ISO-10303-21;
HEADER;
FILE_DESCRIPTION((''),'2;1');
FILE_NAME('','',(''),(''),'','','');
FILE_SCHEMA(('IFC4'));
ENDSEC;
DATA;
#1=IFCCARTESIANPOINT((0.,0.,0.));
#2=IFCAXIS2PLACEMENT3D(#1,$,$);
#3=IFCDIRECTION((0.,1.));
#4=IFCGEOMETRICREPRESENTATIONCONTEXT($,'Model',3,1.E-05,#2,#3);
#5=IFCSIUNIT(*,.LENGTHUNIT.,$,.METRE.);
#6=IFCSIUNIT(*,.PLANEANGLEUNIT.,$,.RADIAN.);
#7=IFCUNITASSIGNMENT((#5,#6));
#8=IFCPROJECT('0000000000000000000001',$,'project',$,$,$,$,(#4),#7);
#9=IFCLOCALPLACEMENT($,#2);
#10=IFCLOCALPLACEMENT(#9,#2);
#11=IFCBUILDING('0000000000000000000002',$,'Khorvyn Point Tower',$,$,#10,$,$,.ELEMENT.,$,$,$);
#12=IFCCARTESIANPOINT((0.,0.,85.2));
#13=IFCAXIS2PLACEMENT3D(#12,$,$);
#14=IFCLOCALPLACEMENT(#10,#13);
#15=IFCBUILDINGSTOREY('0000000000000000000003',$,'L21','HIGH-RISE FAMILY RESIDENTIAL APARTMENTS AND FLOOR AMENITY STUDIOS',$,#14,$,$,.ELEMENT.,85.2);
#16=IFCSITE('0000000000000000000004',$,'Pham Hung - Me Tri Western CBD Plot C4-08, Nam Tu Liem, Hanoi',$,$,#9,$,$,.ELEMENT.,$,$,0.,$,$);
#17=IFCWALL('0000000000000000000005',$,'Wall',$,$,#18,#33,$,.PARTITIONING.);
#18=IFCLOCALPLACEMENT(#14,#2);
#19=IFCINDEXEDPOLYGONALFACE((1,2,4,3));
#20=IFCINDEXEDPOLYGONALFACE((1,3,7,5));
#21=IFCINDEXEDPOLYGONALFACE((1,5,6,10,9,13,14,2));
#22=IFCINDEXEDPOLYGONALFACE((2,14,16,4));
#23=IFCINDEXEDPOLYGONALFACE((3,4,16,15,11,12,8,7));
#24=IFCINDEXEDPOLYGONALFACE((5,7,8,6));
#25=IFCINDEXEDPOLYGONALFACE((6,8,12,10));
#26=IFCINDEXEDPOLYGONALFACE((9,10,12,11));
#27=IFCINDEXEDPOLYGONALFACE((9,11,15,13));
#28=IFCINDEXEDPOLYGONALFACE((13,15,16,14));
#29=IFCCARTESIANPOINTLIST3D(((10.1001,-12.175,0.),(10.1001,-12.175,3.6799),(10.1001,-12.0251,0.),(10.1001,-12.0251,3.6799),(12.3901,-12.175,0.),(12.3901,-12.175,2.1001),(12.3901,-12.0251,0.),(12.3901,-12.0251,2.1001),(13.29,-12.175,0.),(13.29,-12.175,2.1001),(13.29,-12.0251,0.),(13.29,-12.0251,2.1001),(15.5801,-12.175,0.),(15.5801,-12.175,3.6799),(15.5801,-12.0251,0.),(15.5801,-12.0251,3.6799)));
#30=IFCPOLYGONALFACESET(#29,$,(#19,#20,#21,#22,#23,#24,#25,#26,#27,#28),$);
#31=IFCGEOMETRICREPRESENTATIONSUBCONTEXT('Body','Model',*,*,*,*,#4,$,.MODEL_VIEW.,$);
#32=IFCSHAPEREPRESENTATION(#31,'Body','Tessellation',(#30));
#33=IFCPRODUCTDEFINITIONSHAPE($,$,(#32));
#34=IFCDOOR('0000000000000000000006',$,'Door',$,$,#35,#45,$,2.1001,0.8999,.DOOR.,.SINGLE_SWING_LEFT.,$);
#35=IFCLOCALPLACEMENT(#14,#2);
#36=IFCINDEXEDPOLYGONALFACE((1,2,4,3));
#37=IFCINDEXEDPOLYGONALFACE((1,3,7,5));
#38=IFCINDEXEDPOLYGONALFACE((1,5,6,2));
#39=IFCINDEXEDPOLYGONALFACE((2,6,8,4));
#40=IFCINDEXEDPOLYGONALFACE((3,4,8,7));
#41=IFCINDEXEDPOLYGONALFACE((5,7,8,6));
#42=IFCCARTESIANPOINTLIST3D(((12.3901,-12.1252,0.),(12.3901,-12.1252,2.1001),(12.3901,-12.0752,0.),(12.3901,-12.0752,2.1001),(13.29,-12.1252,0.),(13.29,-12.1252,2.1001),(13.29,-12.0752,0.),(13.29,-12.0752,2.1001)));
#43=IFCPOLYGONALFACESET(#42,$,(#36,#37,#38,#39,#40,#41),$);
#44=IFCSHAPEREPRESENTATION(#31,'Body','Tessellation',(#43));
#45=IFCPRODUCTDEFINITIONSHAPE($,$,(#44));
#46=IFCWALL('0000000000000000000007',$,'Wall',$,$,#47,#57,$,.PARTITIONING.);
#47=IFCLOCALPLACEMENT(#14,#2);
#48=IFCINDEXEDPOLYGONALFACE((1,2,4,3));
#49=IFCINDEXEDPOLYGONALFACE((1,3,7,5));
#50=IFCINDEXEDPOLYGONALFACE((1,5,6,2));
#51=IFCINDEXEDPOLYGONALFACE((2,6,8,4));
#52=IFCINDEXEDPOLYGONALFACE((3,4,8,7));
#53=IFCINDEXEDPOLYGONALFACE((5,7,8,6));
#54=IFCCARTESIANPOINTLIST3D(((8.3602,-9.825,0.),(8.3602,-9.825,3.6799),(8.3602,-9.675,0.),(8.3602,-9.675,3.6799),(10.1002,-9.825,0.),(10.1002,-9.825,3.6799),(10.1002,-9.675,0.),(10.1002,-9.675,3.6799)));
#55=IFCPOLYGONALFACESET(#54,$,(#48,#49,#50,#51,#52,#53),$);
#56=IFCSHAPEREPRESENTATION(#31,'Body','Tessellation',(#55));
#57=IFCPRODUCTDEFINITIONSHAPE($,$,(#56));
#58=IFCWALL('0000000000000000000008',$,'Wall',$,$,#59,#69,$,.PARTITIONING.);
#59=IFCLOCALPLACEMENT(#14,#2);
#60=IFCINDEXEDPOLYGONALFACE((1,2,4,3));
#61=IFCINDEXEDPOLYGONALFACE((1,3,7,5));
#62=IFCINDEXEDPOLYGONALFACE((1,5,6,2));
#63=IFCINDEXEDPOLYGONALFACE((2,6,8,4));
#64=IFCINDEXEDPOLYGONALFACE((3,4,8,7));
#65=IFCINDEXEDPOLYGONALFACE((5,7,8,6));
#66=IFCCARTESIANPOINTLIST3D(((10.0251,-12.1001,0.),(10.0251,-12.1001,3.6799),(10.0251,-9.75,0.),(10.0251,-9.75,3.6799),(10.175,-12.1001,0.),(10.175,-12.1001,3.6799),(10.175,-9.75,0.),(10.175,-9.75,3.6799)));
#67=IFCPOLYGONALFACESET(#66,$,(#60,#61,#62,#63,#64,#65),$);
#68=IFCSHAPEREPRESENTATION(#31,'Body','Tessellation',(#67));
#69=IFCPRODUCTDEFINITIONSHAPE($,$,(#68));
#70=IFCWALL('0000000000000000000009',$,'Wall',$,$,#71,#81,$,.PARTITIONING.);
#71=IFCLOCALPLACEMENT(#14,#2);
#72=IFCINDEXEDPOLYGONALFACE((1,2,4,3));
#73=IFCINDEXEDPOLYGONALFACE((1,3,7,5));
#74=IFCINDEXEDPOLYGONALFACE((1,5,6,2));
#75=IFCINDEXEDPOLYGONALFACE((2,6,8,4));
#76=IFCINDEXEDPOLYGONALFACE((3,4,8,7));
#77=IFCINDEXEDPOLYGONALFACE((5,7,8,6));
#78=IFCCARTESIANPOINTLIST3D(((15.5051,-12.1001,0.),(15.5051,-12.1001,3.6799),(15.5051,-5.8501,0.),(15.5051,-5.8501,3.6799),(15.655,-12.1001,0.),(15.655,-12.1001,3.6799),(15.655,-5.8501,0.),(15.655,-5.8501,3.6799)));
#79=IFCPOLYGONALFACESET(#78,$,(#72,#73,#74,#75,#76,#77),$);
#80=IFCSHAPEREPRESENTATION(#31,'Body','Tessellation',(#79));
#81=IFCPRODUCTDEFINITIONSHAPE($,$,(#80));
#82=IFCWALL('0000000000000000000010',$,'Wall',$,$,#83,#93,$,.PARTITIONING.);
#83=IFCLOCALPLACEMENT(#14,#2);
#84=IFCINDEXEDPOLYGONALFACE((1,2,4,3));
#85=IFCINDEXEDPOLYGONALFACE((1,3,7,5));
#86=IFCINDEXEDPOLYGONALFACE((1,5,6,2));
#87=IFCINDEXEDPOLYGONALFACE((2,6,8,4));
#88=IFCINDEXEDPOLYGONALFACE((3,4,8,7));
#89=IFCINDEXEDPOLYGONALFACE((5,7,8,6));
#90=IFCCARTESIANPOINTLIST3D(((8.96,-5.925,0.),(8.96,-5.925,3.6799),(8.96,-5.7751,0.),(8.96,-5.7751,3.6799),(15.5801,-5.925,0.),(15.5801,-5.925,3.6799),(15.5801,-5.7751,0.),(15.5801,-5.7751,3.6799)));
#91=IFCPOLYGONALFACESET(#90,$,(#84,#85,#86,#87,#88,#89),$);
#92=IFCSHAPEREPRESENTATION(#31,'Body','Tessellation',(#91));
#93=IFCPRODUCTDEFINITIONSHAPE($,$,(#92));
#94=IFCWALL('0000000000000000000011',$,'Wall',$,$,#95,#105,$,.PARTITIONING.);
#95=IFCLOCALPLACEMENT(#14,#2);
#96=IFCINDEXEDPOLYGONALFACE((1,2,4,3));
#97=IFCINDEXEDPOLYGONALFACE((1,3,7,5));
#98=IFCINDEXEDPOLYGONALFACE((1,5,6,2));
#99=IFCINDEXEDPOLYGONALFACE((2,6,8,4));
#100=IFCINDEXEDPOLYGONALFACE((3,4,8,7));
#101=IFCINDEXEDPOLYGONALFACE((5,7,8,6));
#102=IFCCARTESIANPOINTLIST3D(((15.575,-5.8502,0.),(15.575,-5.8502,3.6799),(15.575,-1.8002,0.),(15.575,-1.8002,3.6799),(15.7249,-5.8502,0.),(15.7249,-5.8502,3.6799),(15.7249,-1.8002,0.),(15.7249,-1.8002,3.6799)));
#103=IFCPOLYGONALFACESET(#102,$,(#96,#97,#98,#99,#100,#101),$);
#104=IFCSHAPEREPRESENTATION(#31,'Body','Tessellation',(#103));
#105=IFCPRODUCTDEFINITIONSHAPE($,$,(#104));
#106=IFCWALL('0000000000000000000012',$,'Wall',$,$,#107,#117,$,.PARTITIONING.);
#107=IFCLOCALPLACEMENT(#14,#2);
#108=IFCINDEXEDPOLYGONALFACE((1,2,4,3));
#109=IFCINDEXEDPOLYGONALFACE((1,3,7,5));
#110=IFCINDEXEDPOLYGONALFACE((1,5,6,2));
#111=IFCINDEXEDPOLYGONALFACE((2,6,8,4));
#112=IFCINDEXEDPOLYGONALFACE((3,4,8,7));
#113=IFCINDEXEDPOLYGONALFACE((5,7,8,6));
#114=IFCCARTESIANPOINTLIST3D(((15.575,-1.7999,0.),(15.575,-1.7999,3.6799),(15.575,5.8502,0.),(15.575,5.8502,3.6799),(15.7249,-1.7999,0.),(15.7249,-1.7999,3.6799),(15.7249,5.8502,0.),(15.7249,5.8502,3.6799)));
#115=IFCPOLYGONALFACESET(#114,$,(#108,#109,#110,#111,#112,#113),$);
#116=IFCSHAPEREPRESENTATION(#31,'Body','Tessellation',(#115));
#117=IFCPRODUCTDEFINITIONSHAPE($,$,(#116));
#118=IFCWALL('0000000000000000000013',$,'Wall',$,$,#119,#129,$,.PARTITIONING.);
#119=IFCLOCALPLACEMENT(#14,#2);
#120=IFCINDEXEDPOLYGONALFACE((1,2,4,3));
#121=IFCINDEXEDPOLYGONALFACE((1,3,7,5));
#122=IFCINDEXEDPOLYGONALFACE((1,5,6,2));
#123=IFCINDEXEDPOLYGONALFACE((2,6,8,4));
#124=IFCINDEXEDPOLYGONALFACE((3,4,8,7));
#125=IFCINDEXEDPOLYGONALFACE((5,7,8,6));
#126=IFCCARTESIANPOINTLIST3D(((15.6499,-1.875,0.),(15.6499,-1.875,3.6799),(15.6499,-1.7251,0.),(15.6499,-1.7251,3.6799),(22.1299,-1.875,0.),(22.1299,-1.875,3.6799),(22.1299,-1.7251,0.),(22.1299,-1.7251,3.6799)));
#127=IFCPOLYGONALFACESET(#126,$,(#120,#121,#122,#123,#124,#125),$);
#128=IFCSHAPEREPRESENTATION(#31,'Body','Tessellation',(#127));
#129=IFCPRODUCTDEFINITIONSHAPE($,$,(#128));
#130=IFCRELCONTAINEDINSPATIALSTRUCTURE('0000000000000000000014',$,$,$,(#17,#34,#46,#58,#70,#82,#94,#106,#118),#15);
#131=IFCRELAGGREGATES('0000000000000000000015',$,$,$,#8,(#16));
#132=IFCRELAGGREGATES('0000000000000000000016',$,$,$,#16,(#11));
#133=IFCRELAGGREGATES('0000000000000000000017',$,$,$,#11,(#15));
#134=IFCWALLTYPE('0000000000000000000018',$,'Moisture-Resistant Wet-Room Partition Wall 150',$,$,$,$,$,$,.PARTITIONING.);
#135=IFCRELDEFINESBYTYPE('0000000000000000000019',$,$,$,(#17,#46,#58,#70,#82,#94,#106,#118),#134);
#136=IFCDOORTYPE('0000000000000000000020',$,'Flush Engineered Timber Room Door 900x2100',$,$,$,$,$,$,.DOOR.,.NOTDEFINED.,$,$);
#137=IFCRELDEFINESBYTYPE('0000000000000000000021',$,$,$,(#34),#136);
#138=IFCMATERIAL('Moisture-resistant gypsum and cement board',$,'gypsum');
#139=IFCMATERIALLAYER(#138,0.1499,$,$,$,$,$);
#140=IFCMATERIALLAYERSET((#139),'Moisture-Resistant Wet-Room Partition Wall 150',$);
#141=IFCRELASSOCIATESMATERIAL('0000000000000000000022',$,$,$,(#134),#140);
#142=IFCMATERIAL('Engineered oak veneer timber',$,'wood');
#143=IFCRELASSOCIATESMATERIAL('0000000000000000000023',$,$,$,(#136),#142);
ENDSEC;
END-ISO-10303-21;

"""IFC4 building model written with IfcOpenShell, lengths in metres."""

from ifc_helpers import new_model, si_unit, direction, frame, frame_2d, origin, place, context, subcontext, project, spatial, rectangle, extrude, material, layer, layer_set, type_object, element, fill, save


model = new_model("IFC4")

# Units and contexts
model_context = context("Model", 3, precision=1e-05, world=origin(), true_north=direction((0.0, 1.0)))
body_context = subcontext(model_context, "Body", "Model", "MODEL_VIEW")
ifc_project = project(units=[si_unit("LENGTHUNIT", "METRE"), si_unit("PLANEANGLEUNIT", "RADIAN")], contexts=[model_context])

# Site, building, storey
site_placement = place(None, origin())
site = spatial("IfcSite", under=ifc_project, at=site_placement, Name="Pham Hung - Me Tri Western CBD Plot C4-08, Nam Tu Liem, Hanoi", CompositionType="ELEMENT", RefElevation=0.0)
building_placement = place(site_placement, origin())
building = spatial("IfcBuilding", under=site, at=building_placement, Name="Khorvyn Point Tower", CompositionType="ELEMENT")
storey_placement = place(building_placement, frame((0.0, 0.0, 85.2)))
storey = spatial("IfcBuildingStorey", under=building, at=storey_placement, Name="L21", Description="HIGH-RISE FAMILY RESIDENTIAL APARTMENTS AND FLOOR AMENITY STUDIOS", CompositionType="ELEMENT", Elevation=85.2)

# Wall, opening, door
ifc_material_1 = material(Name="Moisture-resistant gypsum and cement board", Category="gypsum")
ifc_layer_1 = layer(ifc_material_1, 0.1499)
ifc_layer_set_1 = layer_set([ifc_layer_1], Name="Moisture-Resistant Wet-Room Partition Wall 150")
wall_type_1 = type_object("IfcWallType", Name="Moisture-Resistant Wet-Room Partition Wall 150", PredefinedType="PARTITIONING", material=ifc_layer_set_1)
wall_1_placement = place(storey_placement, frame((10.1001, -12.1001, 0.0), z_axis=(0.0, 0.0, 1.0), x_axis=(1.0, 0.0, 0.0)))
wall_1 = element("IfcWall", 1, at=wall_1_placement, inside=storey, type_object=wall_type_1, Name="Wall", PredefinedType="PARTITIONING", context=body_context, shape_type="SweptSolid", body=[
    extrude(rectangle(XDim=5.48, YDim=0.1499, at=frame_2d((2.74, 0.0))), origin(), (0.0, 0.0, 1.0), 3.6799),
])
opening_1_placement = place(wall_1_placement, frame((2.29, 0.0, 0.0)))
opening_1 = element("IfcOpeningElement", 2, at=opening_1_placement, cuts=wall_1, PredefinedType="OPENING", context=body_context, shape_type="SweptSolid", body=[
    extrude(rectangle(XDim=0.8999, YDim=2.1001, at=frame_2d((0.45, 1.05))), frame((0.0, 0.085, 0.0), z_axis=(0.0, -1.0, 0.0), x_axis=(1.0, 0.0, 0.0)), (0.0, 0.0, 1.0), 0.1699),
])
ifc_material_2 = material(Name="Engineered oak veneer timber", Category="wood")
door_type_1 = type_object("IfcDoorType", Name="Flush Engineered Timber Room Door 900x2100", OperationType="NOTDEFINED", PredefinedType="DOOR", material=ifc_material_2)
door_1_placement = place(opening_1_placement, origin())
door_1 = element("IfcDoor", 3, at=door_1_placement, inside=storey, type_object=door_type_1, Name="Door", OperationType="SINGLE_SWING_LEFT", OverallHeight=2.1001, OverallWidth=0.8999, PredefinedType="DOOR", context=body_context, shape_type="SweptSolid", body=[
    extrude(rectangle(XDim=0.8999, YDim=2.1001, at=frame_2d((0.45, 1.05))), frame((0.0, 0.0249, 0.0), z_axis=(0.0, -1.0, 0.0), x_axis=(1.0, 0.0, 0.0)), (0.0, 0.0, 1.0), 0.05),
])
fill(opening_1, door_1)

# Walls
wall_2_placement = place(storey_placement, frame((8.3601, -9.75, 0.0), z_axis=(0.0, 0.0, 1.0), x_axis=(1.0, 0.0, 0.0)))
element("IfcWall", 4, at=wall_2_placement, inside=storey, type_object=wall_type_1, Name="Wall", PredefinedType="PARTITIONING", context=body_context, shape_type="SweptSolid", body=[
    extrude(rectangle(XDim=1.74, YDim=0.1499, at=frame_2d((0.8701, 0.0))), origin(), (0.0, 0.0, 1.0), 3.6799),
])
wall_3_placement = place(storey_placement, frame((10.1001, -12.1001, 0.0), z_axis=(0.0, 0.0, 1.0), x_axis=(0.0, 1.0, 0.0)))
element("IfcWall", 5, at=wall_3_placement, inside=storey, type_object=wall_type_1, Name="Wall", PredefinedType="PARTITIONING", context=body_context, shape_type="SweptSolid", body=[
    extrude(rectangle(XDim=2.3501, YDim=0.1499, at=frame_2d((1.175, 0.0))), origin(), (0.0, 0.0, 1.0), 3.6799),
])
wall_4_placement = place(storey_placement, frame((15.5801, -12.1001, 0.0), z_axis=(0.0, 0.0, 1.0), x_axis=(0.0, 1.0, 0.0)))
element("IfcWall", 6, at=wall_4_placement, inside=storey, type_object=wall_type_1, Name="Wall", PredefinedType="PARTITIONING", context=body_context, shape_type="SweptSolid", body=[
    extrude(rectangle(XDim=6.25, YDim=0.1499, at=frame_2d((3.125, 0.0))), origin(), (0.0, 0.0, 1.0), 3.6799),
])
wall_5_placement = place(storey_placement, frame((8.96, -5.8501, 0.0), z_axis=(0.0, 0.0, 1.0), x_axis=(1.0, 0.0, 0.0)))
element("IfcWall", 7, at=wall_5_placement, inside=storey, type_object=wall_type_1, Name="Wall", PredefinedType="PARTITIONING", context=body_context, shape_type="SweptSolid", body=[
    extrude(rectangle(XDim=6.6201, YDim=0.1499, at=frame_2d((3.3101, 0.0))), origin(), (0.0, 0.0, 1.0), 3.6799),
])
wall_6_placement = place(storey_placement, frame((15.6499, -5.8501, 0.0), z_axis=(0.0, 0.0, 1.0), x_axis=(0.0, 1.0, 0.0)))
element("IfcWall", 8, at=wall_6_placement, inside=storey, type_object=wall_type_1, Name="Wall", PredefinedType="PARTITIONING", context=body_context, shape_type="SweptSolid", body=[
    extrude(rectangle(XDim=4.05, YDim=0.1499, at=frame_2d((2.0249, 0.0))), origin(), (0.0, 0.0, 1.0), 3.6799),
])
wall_7_placement = place(storey_placement, frame((15.6499, -1.8, 0.0), z_axis=(0.0, 0.0, 1.0), x_axis=(0.0, 1.0, 0.0)))
element("IfcWall", 9, at=wall_7_placement, inside=storey, type_object=wall_type_1, Name="Wall", PredefinedType="PARTITIONING", context=body_context, shape_type="SweptSolid", body=[
    extrude(rectangle(XDim=7.6501, YDim=0.1499, at=frame_2d((3.8252, 0.0))), origin(), (0.0, 0.0, 1.0), 3.6799),
])
wall_8_placement = place(storey_placement, frame((15.6499, -1.8, 0.0), z_axis=(0.0, 0.0, 1.0), x_axis=(1.0, 0.0, 0.0)))
element("IfcWall", 10, at=wall_8_placement, inside=storey, type_object=wall_type_1, Name="Wall", PredefinedType="PARTITIONING", context=body_context, shape_type="SweptSolid", body=[
    extrude(rectangle(XDim=6.48, YDim=0.1499, at=frame_2d((3.24, 0.0))), origin(), (0.0, 0.0, 1.0), 3.6799),
])

save(model, "model.ifc")
